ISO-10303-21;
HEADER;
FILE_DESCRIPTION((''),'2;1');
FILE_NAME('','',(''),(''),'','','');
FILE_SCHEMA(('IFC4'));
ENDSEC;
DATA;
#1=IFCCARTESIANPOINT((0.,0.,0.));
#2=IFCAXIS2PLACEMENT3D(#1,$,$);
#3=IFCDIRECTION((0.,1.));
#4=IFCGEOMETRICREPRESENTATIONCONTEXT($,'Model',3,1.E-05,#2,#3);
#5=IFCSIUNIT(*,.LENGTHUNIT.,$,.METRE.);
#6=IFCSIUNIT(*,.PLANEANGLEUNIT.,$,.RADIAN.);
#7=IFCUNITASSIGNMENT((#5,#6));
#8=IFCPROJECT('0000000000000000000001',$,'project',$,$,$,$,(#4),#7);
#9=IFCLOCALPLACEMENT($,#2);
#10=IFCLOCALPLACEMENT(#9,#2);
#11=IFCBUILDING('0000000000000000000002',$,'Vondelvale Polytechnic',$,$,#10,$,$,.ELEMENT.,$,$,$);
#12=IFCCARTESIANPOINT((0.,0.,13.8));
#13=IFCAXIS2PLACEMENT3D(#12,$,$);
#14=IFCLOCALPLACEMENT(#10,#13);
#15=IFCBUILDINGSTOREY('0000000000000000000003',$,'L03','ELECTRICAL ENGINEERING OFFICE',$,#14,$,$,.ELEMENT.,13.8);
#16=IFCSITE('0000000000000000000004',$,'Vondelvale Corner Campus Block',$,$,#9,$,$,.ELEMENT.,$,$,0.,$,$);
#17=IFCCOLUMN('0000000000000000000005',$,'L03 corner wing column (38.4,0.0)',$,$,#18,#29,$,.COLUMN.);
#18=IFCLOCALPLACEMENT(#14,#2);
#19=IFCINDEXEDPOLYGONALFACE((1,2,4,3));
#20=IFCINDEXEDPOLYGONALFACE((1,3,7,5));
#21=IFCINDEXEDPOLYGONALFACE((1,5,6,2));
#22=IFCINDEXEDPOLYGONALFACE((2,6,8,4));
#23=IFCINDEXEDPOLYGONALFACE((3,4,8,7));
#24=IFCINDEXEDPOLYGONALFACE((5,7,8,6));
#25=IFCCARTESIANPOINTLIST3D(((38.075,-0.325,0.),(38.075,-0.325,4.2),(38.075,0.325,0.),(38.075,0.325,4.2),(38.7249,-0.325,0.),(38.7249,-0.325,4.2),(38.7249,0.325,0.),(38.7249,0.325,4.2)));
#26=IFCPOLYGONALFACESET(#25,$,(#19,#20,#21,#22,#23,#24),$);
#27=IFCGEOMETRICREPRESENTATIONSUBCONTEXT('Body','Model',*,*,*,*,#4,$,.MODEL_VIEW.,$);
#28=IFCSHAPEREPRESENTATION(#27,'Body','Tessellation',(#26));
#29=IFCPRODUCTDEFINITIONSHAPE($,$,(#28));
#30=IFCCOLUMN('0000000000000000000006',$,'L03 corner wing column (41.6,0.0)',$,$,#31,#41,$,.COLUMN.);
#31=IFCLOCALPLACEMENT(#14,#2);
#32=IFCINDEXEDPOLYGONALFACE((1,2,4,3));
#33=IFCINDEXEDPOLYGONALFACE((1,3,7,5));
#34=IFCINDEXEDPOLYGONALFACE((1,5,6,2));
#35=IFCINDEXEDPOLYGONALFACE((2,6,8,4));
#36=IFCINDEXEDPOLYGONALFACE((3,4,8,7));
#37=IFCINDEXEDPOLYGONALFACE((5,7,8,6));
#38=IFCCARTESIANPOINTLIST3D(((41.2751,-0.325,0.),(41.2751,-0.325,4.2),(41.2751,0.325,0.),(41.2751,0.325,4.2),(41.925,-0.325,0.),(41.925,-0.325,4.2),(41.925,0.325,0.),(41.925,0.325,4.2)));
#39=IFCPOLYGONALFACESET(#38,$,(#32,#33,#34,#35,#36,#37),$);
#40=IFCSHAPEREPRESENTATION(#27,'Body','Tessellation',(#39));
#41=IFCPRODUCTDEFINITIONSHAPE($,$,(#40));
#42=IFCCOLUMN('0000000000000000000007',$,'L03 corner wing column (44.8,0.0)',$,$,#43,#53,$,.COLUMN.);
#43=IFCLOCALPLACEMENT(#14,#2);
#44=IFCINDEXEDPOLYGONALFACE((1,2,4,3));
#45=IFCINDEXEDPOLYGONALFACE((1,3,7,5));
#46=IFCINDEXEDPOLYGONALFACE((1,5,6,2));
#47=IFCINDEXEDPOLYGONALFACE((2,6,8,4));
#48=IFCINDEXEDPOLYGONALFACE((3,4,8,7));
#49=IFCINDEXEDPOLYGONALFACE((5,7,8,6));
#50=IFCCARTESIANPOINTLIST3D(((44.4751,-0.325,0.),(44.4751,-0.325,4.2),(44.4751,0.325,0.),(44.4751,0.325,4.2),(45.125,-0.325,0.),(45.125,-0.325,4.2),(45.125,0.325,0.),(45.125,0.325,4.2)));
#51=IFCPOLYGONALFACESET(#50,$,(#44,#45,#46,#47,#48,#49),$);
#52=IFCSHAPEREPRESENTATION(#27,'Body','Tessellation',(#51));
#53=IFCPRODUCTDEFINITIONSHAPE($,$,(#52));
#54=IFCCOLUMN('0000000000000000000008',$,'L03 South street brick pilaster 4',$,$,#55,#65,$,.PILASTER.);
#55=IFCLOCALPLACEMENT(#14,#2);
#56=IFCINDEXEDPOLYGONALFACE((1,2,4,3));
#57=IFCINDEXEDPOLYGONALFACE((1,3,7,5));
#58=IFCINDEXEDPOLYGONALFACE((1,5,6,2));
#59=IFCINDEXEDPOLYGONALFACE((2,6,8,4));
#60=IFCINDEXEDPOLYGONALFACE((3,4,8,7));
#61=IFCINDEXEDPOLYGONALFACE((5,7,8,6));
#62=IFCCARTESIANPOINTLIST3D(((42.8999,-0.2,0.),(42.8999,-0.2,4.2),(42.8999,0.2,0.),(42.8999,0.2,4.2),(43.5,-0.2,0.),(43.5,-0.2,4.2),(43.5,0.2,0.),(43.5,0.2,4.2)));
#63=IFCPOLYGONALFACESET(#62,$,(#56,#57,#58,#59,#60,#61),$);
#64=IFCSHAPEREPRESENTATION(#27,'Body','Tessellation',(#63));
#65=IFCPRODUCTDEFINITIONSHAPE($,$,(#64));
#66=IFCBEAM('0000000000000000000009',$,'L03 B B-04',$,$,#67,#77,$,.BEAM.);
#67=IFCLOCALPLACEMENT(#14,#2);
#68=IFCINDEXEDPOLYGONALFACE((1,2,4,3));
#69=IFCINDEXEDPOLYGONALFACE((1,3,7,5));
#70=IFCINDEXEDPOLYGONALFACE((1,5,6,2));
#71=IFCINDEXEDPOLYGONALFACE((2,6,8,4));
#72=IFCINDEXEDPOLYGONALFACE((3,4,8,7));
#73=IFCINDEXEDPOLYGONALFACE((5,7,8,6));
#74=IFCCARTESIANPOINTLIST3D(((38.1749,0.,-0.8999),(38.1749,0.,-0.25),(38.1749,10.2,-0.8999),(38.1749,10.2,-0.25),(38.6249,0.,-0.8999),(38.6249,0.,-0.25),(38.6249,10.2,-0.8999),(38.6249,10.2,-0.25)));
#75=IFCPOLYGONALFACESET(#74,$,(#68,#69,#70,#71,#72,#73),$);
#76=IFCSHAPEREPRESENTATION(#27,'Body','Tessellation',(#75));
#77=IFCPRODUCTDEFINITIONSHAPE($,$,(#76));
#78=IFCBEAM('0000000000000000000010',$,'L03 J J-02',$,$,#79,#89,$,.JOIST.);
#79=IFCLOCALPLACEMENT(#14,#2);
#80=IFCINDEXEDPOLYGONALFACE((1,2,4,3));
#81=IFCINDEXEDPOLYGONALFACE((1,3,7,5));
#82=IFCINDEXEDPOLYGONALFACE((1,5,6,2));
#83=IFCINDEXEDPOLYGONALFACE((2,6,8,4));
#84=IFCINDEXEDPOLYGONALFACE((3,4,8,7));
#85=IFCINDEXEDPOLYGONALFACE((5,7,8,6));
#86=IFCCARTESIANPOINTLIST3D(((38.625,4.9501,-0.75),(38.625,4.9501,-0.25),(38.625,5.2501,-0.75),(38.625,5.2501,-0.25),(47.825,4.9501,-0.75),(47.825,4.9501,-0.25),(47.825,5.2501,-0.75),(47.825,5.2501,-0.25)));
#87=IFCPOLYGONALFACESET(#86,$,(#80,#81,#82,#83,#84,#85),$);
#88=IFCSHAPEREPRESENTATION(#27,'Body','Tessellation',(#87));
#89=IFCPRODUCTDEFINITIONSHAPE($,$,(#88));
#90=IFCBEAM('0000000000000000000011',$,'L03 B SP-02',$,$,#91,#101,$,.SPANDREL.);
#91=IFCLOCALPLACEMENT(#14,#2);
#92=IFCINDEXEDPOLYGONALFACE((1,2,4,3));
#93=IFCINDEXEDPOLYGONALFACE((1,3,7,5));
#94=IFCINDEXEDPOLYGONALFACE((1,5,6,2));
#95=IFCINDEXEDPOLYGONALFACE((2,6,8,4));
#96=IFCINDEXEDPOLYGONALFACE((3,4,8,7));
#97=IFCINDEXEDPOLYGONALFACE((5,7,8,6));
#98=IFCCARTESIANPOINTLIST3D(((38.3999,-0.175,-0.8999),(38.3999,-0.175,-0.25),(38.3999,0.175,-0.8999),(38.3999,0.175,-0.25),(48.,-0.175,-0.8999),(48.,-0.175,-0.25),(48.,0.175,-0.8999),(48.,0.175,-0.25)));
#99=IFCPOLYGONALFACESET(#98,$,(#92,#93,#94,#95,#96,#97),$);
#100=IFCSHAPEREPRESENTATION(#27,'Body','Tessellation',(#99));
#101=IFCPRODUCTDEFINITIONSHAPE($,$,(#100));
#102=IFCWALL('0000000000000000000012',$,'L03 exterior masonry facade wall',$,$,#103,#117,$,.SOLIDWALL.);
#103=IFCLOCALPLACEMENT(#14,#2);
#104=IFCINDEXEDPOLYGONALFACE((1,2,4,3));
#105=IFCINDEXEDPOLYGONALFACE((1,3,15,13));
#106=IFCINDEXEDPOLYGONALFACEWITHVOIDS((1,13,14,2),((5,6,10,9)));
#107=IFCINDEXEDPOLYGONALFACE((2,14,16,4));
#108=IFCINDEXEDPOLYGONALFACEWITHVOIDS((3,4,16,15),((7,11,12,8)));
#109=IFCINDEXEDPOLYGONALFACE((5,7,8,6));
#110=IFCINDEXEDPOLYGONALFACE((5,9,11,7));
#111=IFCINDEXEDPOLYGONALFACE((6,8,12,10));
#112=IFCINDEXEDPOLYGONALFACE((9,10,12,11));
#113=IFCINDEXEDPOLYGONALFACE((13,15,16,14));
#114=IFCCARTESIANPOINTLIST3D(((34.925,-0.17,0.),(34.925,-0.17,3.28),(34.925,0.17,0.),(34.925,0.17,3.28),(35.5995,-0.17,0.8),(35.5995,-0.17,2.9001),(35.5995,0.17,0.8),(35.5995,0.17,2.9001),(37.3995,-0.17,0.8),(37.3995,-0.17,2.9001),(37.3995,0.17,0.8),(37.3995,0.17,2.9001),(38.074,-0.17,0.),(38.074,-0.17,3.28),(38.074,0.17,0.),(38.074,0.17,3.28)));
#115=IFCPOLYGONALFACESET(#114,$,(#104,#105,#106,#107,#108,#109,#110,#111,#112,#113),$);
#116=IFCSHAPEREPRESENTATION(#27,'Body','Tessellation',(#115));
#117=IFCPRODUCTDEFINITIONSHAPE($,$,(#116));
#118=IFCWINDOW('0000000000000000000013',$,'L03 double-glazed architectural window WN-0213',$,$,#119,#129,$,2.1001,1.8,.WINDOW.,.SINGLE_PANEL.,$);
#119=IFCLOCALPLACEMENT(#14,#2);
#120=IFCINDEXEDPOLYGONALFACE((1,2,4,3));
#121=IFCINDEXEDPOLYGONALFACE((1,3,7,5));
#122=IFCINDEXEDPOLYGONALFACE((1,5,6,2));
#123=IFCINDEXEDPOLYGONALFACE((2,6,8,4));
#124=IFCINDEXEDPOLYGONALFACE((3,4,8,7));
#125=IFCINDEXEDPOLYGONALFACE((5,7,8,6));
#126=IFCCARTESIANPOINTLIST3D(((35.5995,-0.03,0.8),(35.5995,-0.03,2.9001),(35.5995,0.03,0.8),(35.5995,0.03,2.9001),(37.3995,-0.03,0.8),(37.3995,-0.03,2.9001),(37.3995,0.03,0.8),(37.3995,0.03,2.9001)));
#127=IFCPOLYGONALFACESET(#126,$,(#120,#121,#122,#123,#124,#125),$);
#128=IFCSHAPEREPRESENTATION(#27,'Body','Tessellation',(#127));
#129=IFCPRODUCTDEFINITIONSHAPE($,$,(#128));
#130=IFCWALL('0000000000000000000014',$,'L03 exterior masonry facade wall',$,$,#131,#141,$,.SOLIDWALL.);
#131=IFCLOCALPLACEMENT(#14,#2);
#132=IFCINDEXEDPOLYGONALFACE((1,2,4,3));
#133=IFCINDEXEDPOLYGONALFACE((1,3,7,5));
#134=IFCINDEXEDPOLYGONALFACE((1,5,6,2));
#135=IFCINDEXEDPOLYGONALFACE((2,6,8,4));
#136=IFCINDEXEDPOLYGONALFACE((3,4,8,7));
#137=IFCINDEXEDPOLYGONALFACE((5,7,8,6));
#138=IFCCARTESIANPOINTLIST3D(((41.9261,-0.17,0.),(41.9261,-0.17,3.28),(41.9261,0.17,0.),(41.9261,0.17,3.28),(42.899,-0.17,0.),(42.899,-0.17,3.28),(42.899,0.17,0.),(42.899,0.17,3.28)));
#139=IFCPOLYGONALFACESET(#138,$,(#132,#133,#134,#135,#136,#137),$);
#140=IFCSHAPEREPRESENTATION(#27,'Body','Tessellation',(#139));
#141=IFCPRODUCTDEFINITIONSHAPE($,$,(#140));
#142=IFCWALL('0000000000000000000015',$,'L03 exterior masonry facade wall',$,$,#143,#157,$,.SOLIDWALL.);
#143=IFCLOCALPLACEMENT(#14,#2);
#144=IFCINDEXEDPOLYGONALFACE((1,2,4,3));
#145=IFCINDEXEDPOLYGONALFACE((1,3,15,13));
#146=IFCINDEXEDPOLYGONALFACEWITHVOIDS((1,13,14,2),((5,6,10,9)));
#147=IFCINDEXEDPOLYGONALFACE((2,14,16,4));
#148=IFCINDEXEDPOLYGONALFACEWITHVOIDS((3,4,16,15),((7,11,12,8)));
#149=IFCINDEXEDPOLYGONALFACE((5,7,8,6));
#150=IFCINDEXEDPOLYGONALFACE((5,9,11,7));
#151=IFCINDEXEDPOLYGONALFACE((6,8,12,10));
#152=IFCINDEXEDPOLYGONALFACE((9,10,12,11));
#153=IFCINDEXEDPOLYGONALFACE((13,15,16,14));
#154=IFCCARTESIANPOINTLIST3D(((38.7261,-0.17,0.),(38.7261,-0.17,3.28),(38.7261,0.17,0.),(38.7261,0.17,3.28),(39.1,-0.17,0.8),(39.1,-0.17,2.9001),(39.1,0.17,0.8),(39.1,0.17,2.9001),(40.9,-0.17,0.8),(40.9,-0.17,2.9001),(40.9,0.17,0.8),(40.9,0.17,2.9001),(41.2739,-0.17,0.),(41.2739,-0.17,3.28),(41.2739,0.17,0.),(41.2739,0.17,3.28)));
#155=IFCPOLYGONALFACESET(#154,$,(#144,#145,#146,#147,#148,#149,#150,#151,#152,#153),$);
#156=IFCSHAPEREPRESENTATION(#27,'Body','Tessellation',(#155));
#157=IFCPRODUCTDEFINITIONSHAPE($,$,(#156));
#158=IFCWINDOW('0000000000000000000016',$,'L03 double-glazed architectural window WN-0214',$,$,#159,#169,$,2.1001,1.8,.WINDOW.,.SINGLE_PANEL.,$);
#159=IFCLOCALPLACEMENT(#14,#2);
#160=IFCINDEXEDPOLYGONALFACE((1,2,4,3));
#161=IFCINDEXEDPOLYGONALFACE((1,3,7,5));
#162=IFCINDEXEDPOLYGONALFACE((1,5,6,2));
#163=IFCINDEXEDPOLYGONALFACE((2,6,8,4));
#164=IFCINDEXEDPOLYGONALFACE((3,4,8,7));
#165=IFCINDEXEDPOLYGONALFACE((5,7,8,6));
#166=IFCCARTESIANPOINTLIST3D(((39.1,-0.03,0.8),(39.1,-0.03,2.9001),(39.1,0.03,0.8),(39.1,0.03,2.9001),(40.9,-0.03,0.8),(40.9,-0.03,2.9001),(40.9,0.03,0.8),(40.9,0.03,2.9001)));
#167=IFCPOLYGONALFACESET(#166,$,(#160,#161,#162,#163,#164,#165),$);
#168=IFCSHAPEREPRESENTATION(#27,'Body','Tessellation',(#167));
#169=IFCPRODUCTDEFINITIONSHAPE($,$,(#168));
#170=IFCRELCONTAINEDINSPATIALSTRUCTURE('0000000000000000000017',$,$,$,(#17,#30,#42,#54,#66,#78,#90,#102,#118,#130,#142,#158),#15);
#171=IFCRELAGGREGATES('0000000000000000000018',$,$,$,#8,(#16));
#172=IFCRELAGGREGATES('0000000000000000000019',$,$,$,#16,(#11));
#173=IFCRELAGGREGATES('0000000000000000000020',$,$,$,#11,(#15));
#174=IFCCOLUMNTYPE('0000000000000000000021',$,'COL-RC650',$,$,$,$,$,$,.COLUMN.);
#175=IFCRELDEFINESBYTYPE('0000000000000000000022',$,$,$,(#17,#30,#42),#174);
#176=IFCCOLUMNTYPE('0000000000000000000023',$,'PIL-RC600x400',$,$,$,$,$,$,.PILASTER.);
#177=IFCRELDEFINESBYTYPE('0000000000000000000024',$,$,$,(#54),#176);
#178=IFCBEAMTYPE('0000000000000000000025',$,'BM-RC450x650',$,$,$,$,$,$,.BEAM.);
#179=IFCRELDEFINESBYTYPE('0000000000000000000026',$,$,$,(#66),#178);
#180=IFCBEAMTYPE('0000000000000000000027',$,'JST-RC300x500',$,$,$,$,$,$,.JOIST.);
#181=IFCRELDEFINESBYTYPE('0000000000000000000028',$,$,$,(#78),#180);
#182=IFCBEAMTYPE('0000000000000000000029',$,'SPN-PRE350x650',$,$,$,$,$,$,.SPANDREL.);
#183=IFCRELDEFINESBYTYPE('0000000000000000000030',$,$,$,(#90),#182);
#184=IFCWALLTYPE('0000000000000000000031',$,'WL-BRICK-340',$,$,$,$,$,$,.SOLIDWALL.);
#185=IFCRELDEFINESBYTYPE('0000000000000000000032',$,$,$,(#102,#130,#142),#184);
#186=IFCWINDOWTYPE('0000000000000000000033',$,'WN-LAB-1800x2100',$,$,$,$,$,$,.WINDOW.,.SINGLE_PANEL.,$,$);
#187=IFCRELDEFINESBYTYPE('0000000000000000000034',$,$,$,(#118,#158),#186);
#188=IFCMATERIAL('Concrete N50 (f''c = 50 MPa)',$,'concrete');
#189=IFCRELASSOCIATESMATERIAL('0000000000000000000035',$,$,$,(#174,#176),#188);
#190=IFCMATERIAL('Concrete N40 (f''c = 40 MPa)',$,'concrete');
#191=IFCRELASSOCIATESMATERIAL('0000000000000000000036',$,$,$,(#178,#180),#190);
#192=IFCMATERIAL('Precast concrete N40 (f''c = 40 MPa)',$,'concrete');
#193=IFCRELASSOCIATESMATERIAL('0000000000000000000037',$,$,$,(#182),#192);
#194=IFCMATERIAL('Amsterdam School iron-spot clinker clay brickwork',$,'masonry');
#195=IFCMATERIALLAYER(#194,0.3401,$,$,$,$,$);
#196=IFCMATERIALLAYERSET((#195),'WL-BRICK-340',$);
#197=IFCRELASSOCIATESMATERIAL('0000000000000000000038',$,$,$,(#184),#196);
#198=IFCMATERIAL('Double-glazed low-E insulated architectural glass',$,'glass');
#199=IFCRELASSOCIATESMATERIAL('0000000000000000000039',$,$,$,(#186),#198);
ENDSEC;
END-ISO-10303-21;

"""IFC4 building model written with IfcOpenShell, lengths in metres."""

from ifc_helpers import new_model, si_unit, direction, frame, frame_2d, origin, origin_2d, place, context, subcontext, project, spatial, rectangle, extrude, material, layer, layer_set, material_profile, profile_set, type_object, element, fill, save


model = new_model("IFC4")

# Units and contexts
model_context = context("Model", 3, precision=1e-05, world=origin(), true_north=direction((0.0, 1.0)))
body_context = subcontext(model_context, "Body", "Model", "MODEL_VIEW")
ifc_project = project(units=[si_unit("LENGTHUNIT", "METRE"), si_unit("PLANEANGLEUNIT", "RADIAN")], contexts=[model_context])

# Site, building, storey
site_placement = place(None, origin())
site = spatial("IfcSite", under=ifc_project, at=site_placement, Name="Vondelvale Corner Campus Block", CompositionType="ELEMENT", RefElevation=0.0)
building_placement = place(site_placement, origin())
building = spatial("IfcBuilding", under=site, at=building_placement, Name="Vondelvale Polytechnic", CompositionType="ELEMENT")
storey_placement = place(building_placement, frame((0.0, 0.0, 13.8)))
storey = spatial("IfcBuildingStorey", under=building, at=storey_placement, Name="L03", Description="ELECTRICAL ENGINEERING OFFICE", CompositionType="ELEMENT", Elevation=13.8)

# Columns
ifc_material_1 = material(Name="Concrete N50 (f'c = 50 MPa)", Category="concrete")
ifc_material_profile_1 = material_profile(ifc_material_1, rectangle(XDim=0.6499, YDim=0.6499, at=origin_2d()), Name="RC-COL-650x650")
ifc_profile_set_1 = profile_set([ifc_material_profile_1], Name="Concrete N50 (f'c = 50 MPa)")
column_type_1 = type_object("IfcColumnType", Name="COL-RC650", PredefinedType="COLUMN", material=ifc_profile_set_1)
for number, where, z_axis, x_axis, name in (
    (1, (38.3999, 0.0, 0.0), (0.0, 0.0, 1.0), (1.0, 0.0, 0.0), "L03 corner wing column (38.4,0.0)"),
    (2, (41.6001, 0.0, 0.0), (0.0, 0.0, 1.0), (1.0, 0.0, 0.0), "L03 corner wing column (41.6,0.0)"),
    (3, (44.8, 0.0, 0.0), (0.0, 0.0, 1.0), (1.0, 0.0, 0.0), "L03 corner wing column (44.8,0.0)"),
):
    element("IfcColumn", number, at=place(storey_placement, frame(where, z_axis=z_axis, x_axis=x_axis)), inside=storey, type_object=column_type_1, Name=name, PredefinedType="COLUMN", context=body_context, shape_type="SweptSolid", body=[
        extrude(rectangle(XDim=0.6499, YDim=0.6499, at=origin_2d()), origin(), (0.0, 0.0, 1.0), 4.2),
    ])
ifc_material_profile_2 = material_profile(ifc_material_1, rectangle(XDim=0.3999, YDim=0.6001, at=origin_2d()), Name="RC-PIL-600x400")
ifc_profile_set_2 = profile_set([ifc_material_profile_2], Name="Concrete N50 (f'c = 50 MPa)")
column_type_2 = type_object("IfcColumnType", Name="PIL-RC600x400", PredefinedType="PILASTER", material=ifc_profile_set_2)
column_placement = place(storey_placement, frame((43.2, 0.0, 0.0), z_axis=(0.0, 0.0, 1.0), x_axis=(0.0, 1.0, 0.0)))
element("IfcColumn", 4, at=column_placement, inside=storey, type_object=column_type_2, Name="L03 South street brick pilaster 4", PredefinedType="PILASTER", context=body_context, shape_type="SweptSolid", body=[
    extrude(rectangle(XDim=0.3999, YDim=0.6001, at=origin_2d()), origin(), (0.0, 0.0, 1.0), 4.2),
])

# Beams
ifc_material_2 = material(Name="Concrete N40 (f'c = 40 MPa)", Category="concrete")
ifc_material_profile_3 = material_profile(ifc_material_2, rectangle(XDim=0.45, YDim=0.6499, at=origin_2d()), Name="RC-BM-450x650")
ifc_profile_set_3 = profile_set([ifc_material_profile_3], Name="Concrete N40 (f'c = 40 MPa)")
beam_type_1 = type_object("IfcBeamType", Name="BM-RC450x650", PredefinedType="BEAM", material=ifc_profile_set_3)
beam_1_placement = place(storey_placement, frame((38.3999, 0.0, -0.575), z_axis=(0.0, 1.0, 0.0), x_axis=(-1.0, 0.0, 0.0)))
element("IfcBeam", 5, at=beam_1_placement, inside=storey, type_object=beam_type_1, Name="L03 B B-04", PredefinedType="BEAM", context=body_context, shape_type="SweptSolid", body=[
    extrude(rectangle(XDim=0.45, YDim=0.6499, at=origin_2d()), origin(), (0.0, 0.0, 1.0), 10.2),
])
ifc_material_profile_4 = material_profile(ifc_material_2, rectangle(XDim=0.3, YDim=0.5, at=origin_2d()), Name="RC-JST-300x500")
ifc_profile_set_4 = profile_set([ifc_material_profile_4], Name="Concrete N40 (f'c = 40 MPa)")
beam_type_2 = type_object("IfcBeamType", Name="JST-RC300x500", PredefinedType="JOIST", material=ifc_profile_set_4)
beam_2_placement = place(storey_placement, frame((38.625, 5.1001, -0.5), z_axis=(1.0, 0.0, 0.0), x_axis=(0.0, 1.0, 0.0)))
element("IfcBeam", 6, at=beam_2_placement, inside=storey, type_object=beam_type_2, Name="L03 J J-02", PredefinedType="JOIST", context=body_context, shape_type="SweptSolid", body=[
    extrude(rectangle(XDim=0.3, YDim=0.5, at=origin_2d()), origin(), (0.0, 0.0, 1.0), 9.2),
])
ifc_material_3 = material(Name="Precast concrete N40 (f'c = 40 MPa)", Category="concrete")
ifc_material_profile_5 = material_profile(ifc_material_3, rectangle(XDim=0.3501, YDim=0.6499, at=origin_2d()), Name="RC-SPN-350x650")
ifc_profile_set_5 = profile_set([ifc_material_profile_5], Name="Precast concrete N40 (f'c = 40 MPa)")
beam_type_3 = type_object("IfcBeamType", Name="SPN-PRE350x650", PredefinedType="SPANDREL", material=ifc_profile_set_5)
beam_3_placement = place(storey_placement, frame((38.3999, 0.0, -0.575), z_axis=(1.0, 0.0, 0.0), x_axis=(0.0, 1.0, 0.0)))
element("IfcBeam", 7, at=beam_3_placement, inside=storey, type_object=beam_type_3, Name="L03 B SP-02", PredefinedType="SPANDREL", context=body_context, shape_type="SweptSolid", body=[
    extrude(rectangle(XDim=0.3501, YDim=0.6499, at=origin_2d()), origin(), (0.0, 0.0, 1.0), 9.6001),
])

# Wall, opening, window
ifc_material_4 = material(Name="Amsterdam School iron-spot clinker clay brickwork", Category="masonry")
ifc_layer_1 = layer(ifc_material_4, 0.3401)
ifc_layer_set_1 = layer_set([ifc_layer_1], Name="WL-BRICK-340")
wall_type_1 = type_object("IfcWallType", Name="WL-BRICK-340", PredefinedType="SOLIDWALL", material=ifc_layer_set_1)
wall_1_placement = place(storey_placement, frame((38.074, 0.0, 0.0), z_axis=(0.0, 0.0, 1.0), x_axis=(-1.0, 0.0, 0.0)))
wall_1 = element("IfcWall", 8, at=wall_1_placement, inside=storey, type_object=wall_type_1, Name="L03 exterior masonry facade wall", PredefinedType="SOLIDWALL", context=body_context, shape_type="SweptSolid", body=[
    extrude(rectangle(XDim=3.1489, YDim=0.3401, at=frame_2d((1.5745, 0.0))), origin(), (0.0, 0.0, 1.0), 3.28),
])
opening_1_placement = place(wall_1_placement, frame((0.6746, 0.0, 0.8)))
opening_1 = element("IfcOpeningElement", 9, at=opening_1_placement, cuts=wall_1, PredefinedType="OPENING", context=body_context, shape_type="SweptSolid", body=[
    extrude(rectangle(XDim=1.8, YDim=2.1001, at=frame_2d((0.8999, 1.05))), frame((0.0, 0.1799, 0.0), z_axis=(0.0, -1.0, 0.0), x_axis=(1.0, 0.0, 0.0)), (0.0, 0.0, 1.0), 0.3601),
])
ifc_material_5 = material(Name="Double-glazed low-E insulated architectural glass", Category="glass")
window_type = type_object("IfcWindowType", Name="WN-LAB-1800x2100", PartitioningType="SINGLE_PANEL", PredefinedType="WINDOW", material=ifc_material_5)
window_1_placement = place(opening_1_placement, origin())
window_1 = element("IfcWindow", 10, at=window_1_placement, inside=storey, type_object=window_type, Name="L03 double-glazed architectural window WN-0213", OverallHeight=2.1001, OverallWidth=1.8, PartitioningType="SINGLE_PANEL", PredefinedType="WINDOW", context=body_context, shape_type="SweptSolid", body=[
    extrude(rectangle(XDim=1.8, YDim=2.1001, at=frame_2d((0.8999, 1.05))), frame((0.0, 0.03, 0.0), z_axis=(0.0, -1.0, 0.0), x_axis=(1.0, 0.0, 0.0)), (0.0, 0.0, 1.0), 0.0601),
])
fill(opening_1, window_1)

# Wall
wall_2_placement = place(storey_placement, frame((42.8989, 0.0, 0.0), z_axis=(0.0, 0.0, 1.0), x_axis=(-1.0, 0.0, 0.0)))
element("IfcWall", 11, at=wall_2_placement, inside=storey, type_object=wall_type_1, Name="L03 exterior masonry facade wall", PredefinedType="SOLIDWALL", context=body_context, shape_type="SweptSolid", body=[
    extrude(rectangle(XDim=0.9729, YDim=0.3401, at=frame_2d((0.4863, 0.0))), origin(), (0.0, 0.0, 1.0), 3.28),
])

# Wall, opening, window
wall_3_placement = place(storey_placement, frame((41.2739, 0.0, 0.0), z_axis=(0.0, 0.0, 1.0), x_axis=(-1.0, 0.0, 0.0)))
wall_3 = element("IfcWall", 12, at=wall_3_placement, inside=storey, type_object=wall_type_1, Name="L03 exterior masonry facade wall", PredefinedType="SOLIDWALL", context=body_context, shape_type="SweptSolid", body=[
    extrude(rectangle(XDim=2.5479, YDim=0.3401, at=frame_2d((1.2739, 0.0))), origin(), (0.0, 0.0, 1.0), 3.28),
])
opening_2_placement = place(wall_3_placement, frame((0.374, 0.0, 0.8)))
opening_2 = element("IfcOpeningElement", 13, at=opening_2_placement, cuts=wall_3, PredefinedType="OPENING", context=body_context, shape_type="SweptSolid", body=[
    extrude(rectangle(XDim=1.8, YDim=2.1001, at=frame_2d((0.8999, 1.05))), frame((0.0, 0.1799, 0.0), z_axis=(0.0, -1.0, 0.0), x_axis=(1.0, 0.0, 0.0)), (0.0, 0.0, 1.0), 0.3601),
])
window_2_placement = place(opening_2_placement, origin())
window_2 = element("IfcWindow", 14, at=window_2_placement, inside=storey, type_object=window_type, Name="L03 double-glazed architectural window WN-0214", OverallHeight=2.1001, OverallWidth=1.8, PartitioningType="SINGLE_PANEL", PredefinedType="WINDOW", context=body_context, shape_type="SweptSolid", body=[
    extrude(rectangle(XDim=1.8, YDim=2.1001, at=frame_2d((0.8999, 1.05))), frame((0.0, 0.03, 0.0), z_axis=(0.0, -1.0, 0.0), x_axis=(1.0, 0.0, 0.0)), (0.0, 0.0, 1.0), 0.0601),
])
fill(opening_2, window_2)

save(model, "model.ifc")
